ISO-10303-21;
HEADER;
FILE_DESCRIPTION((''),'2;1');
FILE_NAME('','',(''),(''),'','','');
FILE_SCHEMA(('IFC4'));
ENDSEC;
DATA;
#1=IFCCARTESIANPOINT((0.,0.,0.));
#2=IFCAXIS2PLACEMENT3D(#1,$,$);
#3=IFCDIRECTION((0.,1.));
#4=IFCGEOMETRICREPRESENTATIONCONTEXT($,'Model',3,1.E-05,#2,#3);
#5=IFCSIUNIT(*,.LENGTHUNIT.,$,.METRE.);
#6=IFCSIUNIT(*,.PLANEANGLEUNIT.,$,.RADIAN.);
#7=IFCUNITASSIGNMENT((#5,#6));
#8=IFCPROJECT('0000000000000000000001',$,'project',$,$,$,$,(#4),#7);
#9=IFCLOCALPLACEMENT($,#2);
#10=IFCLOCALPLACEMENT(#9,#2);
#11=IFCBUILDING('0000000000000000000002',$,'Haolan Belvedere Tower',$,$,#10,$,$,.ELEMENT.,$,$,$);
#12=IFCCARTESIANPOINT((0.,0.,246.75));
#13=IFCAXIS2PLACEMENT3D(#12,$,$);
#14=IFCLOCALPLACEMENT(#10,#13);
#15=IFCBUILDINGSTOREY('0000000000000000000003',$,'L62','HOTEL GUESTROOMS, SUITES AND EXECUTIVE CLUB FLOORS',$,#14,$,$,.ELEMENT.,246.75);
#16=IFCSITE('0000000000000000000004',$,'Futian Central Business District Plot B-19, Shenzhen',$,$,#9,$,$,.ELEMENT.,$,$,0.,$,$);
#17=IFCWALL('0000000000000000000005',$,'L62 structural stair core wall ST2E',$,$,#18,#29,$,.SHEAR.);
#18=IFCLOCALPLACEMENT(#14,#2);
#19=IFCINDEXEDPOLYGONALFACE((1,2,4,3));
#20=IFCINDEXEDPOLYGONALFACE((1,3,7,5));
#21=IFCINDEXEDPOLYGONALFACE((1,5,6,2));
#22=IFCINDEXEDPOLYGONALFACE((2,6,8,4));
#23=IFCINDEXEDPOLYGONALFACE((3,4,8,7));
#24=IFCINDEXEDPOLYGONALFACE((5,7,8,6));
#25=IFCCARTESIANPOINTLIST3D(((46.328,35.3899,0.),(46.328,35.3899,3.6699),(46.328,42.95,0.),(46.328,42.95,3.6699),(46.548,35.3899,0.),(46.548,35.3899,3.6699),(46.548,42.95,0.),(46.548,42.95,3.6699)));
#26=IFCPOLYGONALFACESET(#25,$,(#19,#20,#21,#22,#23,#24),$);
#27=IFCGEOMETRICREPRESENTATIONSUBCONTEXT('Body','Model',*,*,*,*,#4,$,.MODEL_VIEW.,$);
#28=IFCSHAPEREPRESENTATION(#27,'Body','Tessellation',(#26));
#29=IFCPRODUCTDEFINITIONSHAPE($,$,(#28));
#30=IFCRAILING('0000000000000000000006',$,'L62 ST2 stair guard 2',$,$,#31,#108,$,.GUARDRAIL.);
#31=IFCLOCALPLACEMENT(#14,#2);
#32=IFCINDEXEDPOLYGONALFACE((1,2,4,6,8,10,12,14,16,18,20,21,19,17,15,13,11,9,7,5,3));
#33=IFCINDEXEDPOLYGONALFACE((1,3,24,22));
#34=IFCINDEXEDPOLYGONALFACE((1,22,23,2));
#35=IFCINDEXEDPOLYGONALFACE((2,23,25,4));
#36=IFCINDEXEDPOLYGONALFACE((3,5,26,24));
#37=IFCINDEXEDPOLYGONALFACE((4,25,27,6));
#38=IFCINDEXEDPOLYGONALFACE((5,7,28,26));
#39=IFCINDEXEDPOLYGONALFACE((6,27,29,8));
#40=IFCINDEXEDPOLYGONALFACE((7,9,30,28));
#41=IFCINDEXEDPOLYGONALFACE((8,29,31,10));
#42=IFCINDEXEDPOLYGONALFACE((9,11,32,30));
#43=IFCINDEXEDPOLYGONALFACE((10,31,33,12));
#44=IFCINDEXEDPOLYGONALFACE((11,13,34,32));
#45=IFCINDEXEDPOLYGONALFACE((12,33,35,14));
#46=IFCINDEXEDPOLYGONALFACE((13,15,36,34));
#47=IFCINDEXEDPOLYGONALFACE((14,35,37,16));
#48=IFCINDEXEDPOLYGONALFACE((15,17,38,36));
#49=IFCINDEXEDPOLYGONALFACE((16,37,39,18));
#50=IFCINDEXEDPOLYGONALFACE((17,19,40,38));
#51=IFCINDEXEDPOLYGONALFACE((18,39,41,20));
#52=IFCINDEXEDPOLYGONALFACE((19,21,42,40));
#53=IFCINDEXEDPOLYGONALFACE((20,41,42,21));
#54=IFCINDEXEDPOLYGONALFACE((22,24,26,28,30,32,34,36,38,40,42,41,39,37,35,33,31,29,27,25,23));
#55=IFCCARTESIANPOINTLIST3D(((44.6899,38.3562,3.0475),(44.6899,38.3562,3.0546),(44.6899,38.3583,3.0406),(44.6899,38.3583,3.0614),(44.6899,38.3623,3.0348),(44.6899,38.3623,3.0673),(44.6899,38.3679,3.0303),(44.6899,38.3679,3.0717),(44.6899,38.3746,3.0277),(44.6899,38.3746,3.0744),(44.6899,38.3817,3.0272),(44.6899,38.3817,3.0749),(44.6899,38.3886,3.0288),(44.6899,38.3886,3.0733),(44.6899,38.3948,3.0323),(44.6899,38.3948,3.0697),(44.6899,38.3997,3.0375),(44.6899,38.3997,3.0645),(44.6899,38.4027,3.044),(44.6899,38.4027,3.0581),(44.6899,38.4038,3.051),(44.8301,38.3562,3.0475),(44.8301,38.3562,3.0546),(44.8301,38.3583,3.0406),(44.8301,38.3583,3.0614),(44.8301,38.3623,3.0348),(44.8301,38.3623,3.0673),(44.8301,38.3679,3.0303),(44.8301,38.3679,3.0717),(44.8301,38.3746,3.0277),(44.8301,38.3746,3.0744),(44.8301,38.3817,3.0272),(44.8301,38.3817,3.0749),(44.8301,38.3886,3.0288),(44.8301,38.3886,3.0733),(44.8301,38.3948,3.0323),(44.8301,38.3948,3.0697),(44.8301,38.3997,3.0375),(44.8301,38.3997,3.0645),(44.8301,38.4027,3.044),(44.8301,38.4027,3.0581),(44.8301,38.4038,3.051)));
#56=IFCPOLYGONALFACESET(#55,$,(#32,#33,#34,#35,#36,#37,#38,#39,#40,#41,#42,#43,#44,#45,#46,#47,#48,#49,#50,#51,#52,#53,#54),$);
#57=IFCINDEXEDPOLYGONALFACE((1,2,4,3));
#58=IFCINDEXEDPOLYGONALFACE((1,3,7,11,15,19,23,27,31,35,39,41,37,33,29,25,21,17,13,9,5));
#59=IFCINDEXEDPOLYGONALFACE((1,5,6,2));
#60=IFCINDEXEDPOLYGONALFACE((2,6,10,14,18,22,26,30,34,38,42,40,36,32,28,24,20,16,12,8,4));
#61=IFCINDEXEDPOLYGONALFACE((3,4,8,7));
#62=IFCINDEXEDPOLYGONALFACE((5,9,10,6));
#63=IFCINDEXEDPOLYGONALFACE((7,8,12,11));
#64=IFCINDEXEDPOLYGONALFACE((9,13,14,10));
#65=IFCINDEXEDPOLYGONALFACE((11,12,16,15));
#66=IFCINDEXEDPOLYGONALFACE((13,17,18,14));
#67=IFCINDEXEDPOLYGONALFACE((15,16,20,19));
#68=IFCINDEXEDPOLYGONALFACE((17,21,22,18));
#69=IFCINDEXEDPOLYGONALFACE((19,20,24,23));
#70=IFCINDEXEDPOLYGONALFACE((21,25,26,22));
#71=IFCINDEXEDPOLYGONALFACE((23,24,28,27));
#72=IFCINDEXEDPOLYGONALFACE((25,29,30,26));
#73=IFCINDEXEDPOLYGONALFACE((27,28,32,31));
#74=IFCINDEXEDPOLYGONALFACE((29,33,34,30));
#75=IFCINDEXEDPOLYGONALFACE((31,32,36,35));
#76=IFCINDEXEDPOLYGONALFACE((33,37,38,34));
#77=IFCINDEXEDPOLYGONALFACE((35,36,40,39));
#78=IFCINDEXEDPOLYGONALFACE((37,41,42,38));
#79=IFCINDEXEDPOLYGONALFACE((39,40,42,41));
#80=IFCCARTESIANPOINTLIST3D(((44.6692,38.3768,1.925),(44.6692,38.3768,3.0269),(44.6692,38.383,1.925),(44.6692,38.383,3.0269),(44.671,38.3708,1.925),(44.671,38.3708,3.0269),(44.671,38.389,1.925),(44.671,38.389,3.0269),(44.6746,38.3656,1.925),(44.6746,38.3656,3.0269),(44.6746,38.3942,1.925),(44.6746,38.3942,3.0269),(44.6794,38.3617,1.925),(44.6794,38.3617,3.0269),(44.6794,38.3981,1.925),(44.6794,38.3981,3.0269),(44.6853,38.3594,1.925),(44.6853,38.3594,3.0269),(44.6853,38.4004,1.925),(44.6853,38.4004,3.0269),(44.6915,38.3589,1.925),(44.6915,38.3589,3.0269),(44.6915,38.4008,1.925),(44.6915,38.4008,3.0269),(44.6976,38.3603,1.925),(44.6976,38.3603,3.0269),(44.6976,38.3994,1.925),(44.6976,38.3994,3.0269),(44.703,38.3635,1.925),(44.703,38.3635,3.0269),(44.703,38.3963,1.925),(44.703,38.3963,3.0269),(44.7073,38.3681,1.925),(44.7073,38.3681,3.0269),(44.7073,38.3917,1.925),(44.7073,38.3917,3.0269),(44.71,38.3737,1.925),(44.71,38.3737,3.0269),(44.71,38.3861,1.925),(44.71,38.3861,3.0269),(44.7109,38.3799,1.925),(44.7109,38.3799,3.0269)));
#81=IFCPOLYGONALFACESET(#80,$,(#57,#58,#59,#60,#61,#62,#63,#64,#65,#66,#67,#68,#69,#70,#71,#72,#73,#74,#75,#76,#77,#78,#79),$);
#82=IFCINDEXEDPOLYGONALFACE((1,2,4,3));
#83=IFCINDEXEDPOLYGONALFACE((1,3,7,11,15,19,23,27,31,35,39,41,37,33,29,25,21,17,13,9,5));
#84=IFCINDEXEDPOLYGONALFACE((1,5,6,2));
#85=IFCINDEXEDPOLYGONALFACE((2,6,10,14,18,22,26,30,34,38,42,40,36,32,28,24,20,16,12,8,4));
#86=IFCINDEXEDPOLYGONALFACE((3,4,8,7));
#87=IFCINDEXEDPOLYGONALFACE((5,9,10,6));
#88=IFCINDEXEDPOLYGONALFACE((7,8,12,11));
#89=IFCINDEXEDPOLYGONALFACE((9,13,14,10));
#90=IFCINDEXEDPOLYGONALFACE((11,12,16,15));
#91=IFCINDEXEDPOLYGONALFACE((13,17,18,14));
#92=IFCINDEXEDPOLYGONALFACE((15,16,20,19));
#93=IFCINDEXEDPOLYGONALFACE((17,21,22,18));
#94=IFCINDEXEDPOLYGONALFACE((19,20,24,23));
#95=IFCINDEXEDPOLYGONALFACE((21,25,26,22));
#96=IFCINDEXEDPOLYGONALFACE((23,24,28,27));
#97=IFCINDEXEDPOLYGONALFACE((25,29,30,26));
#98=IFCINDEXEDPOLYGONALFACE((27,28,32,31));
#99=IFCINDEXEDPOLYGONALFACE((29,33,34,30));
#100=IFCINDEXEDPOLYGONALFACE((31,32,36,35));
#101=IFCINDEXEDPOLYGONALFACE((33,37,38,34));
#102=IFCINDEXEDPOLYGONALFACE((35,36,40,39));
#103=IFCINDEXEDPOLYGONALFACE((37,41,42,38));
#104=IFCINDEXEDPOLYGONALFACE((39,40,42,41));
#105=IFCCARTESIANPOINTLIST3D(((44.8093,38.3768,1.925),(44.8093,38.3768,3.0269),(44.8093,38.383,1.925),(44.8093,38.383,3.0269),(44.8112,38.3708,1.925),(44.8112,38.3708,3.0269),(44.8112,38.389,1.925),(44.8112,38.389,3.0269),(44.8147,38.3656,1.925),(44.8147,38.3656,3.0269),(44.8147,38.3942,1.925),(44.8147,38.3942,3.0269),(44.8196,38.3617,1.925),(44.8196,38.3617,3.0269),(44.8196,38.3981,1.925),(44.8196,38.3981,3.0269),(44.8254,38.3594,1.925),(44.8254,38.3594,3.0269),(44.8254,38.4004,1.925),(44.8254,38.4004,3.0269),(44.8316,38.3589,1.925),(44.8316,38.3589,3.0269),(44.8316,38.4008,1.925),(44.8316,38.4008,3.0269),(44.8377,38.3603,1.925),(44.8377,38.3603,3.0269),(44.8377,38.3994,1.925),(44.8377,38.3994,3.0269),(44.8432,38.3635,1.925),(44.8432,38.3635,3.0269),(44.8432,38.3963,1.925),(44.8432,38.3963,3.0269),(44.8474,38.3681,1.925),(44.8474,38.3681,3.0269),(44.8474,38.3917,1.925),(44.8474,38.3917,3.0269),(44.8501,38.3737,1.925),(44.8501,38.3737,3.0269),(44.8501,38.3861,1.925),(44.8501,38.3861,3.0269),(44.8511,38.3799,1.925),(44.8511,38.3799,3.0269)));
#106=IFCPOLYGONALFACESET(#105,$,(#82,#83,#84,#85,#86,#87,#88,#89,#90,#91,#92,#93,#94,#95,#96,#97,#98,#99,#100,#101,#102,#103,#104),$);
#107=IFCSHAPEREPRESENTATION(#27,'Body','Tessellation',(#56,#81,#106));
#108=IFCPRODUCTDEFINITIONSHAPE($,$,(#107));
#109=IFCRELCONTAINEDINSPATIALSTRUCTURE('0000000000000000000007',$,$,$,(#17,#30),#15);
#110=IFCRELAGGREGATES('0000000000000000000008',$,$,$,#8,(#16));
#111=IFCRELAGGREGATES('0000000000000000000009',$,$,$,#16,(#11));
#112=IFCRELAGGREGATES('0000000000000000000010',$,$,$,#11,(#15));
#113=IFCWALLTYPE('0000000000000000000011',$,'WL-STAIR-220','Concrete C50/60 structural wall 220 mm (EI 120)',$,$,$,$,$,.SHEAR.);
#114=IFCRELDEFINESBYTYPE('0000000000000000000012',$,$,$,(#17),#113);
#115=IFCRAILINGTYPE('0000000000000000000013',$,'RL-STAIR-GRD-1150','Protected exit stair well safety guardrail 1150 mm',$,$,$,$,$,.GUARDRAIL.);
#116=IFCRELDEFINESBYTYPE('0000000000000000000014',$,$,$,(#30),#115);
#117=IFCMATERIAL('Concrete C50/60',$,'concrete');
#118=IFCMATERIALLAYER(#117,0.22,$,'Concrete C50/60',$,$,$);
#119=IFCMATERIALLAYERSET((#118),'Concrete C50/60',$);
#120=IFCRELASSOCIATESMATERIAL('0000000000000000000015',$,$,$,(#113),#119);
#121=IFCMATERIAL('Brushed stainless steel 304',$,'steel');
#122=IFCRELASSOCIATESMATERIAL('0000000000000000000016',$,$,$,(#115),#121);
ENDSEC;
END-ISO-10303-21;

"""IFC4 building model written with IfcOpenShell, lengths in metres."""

from ifc_helpers import new_model, si_unit, direction, frame, frame_2d, origin, origin_2d, place, context, subcontext, project, spatial, rectangle, circle, extrude, material, layer, layer_set, type_object, element, save


model = new_model("IFC4")

# Units and contexts
model_context = context("Model", 3, precision=1e-05, world=origin(), true_north=direction((0.0, 1.0)))
body_context = subcontext(model_context, "Body", "Model", "MODEL_VIEW")
ifc_project = project(units=[si_unit("LENGTHUNIT", "METRE"), si_unit("PLANEANGLEUNIT", "RADIAN")], contexts=[model_context])

# Site, building, storey
site_placement = place(None, origin())
site = spatial("IfcSite", under=ifc_project, at=site_placement, Name="Futian Central Business District Plot B-19, Shenzhen", CompositionType="ELEMENT", RefElevation=0.0)
building_placement = place(site_placement, origin())
building = spatial("IfcBuilding", under=site, at=building_placement, Name="Haolan Belvedere Tower", CompositionType="ELEMENT")
storey_placement = place(building_placement, frame((0.0, 0.0, 246.75)))
storey = spatial("IfcBuildingStorey", under=building, at=storey_placement, Name="L62", Description="HOTEL GUESTROOMS, SUITES AND EXECUTIVE CLUB FLOORS", CompositionType="ELEMENT", Elevation=246.75)

# Shared definitions
ifc_material_1 = material(Name="Concrete C50/60", Category="concrete")

# Wall
ifc_layer_1 = layer(ifc_material_1, 0.22, Name="Concrete C50/60")
ifc_layer_set_1 = layer_set([ifc_layer_1], Name="Concrete C50/60")
wall_type_1 = type_object("IfcWallType", Name="WL-STAIR-220", Description="Concrete C50/60 structural wall 220 mm (EI 120)", PredefinedType="SHEAR", material=ifc_layer_set_1)
wall_1_placement = place(storey_placement, frame((46.438, 35.3899, 0.0), z_axis=(0.0, 0.0, 1.0), x_axis=(0.0, 1.0, 0.0)))
element("IfcWall", 1, at=wall_1_placement, inside=storey, type_object=wall_type_1, Name="L62 structural stair core wall ST2E", PredefinedType="SHEAR", context=body_context, shape_type="SweptSolid", body=[
    extrude(rectangle(XDim=7.5601, YDim=0.22, at=frame_2d((3.78, 0.0))), origin(), (0.0, 0.0, 1.0), 3.6699),
])

# Railing
ifc_material_2 = material(Name="Brushed stainless steel 304", Category="steel")
railing_type = type_object("IfcRailingType", Name="RL-STAIR-GRD-1150", Description="Protected exit stair well safety guardrail 1150 mm", PredefinedType="GUARDRAIL", material=ifc_material_2)
railing_placement = place(storey_placement, frame((44.6899, 38.3799, 1.925)))
element("IfcRailing", 2, at=railing_placement, inside=storey, type_object=railing_type, Name="L62 ST2 stair guard 2", PredefinedType="GUARDRAIL", context=body_context, shape_type="SweptSolid", body=[
    extrude(circle(Radius=0.0239, at=origin_2d()), frame((0.0, 0.0, 1.126), z_axis=(1.0, 0.0, 0.0), x_axis=(0.0, 1.0, 0.0)), (0.0, 0.0, 1.0), 0.1401),
    extrude(circle(Radius=0.021, at=origin_2d()), origin(), (0.0, 0.0, 1.0), 1.1018),
    extrude(circle(Radius=0.021, at=origin_2d()), frame((0.1401, 0.0, 0.0)), (0.0, 0.0, 1.0), 1.1018),
])

save(model, "model.ifc")
